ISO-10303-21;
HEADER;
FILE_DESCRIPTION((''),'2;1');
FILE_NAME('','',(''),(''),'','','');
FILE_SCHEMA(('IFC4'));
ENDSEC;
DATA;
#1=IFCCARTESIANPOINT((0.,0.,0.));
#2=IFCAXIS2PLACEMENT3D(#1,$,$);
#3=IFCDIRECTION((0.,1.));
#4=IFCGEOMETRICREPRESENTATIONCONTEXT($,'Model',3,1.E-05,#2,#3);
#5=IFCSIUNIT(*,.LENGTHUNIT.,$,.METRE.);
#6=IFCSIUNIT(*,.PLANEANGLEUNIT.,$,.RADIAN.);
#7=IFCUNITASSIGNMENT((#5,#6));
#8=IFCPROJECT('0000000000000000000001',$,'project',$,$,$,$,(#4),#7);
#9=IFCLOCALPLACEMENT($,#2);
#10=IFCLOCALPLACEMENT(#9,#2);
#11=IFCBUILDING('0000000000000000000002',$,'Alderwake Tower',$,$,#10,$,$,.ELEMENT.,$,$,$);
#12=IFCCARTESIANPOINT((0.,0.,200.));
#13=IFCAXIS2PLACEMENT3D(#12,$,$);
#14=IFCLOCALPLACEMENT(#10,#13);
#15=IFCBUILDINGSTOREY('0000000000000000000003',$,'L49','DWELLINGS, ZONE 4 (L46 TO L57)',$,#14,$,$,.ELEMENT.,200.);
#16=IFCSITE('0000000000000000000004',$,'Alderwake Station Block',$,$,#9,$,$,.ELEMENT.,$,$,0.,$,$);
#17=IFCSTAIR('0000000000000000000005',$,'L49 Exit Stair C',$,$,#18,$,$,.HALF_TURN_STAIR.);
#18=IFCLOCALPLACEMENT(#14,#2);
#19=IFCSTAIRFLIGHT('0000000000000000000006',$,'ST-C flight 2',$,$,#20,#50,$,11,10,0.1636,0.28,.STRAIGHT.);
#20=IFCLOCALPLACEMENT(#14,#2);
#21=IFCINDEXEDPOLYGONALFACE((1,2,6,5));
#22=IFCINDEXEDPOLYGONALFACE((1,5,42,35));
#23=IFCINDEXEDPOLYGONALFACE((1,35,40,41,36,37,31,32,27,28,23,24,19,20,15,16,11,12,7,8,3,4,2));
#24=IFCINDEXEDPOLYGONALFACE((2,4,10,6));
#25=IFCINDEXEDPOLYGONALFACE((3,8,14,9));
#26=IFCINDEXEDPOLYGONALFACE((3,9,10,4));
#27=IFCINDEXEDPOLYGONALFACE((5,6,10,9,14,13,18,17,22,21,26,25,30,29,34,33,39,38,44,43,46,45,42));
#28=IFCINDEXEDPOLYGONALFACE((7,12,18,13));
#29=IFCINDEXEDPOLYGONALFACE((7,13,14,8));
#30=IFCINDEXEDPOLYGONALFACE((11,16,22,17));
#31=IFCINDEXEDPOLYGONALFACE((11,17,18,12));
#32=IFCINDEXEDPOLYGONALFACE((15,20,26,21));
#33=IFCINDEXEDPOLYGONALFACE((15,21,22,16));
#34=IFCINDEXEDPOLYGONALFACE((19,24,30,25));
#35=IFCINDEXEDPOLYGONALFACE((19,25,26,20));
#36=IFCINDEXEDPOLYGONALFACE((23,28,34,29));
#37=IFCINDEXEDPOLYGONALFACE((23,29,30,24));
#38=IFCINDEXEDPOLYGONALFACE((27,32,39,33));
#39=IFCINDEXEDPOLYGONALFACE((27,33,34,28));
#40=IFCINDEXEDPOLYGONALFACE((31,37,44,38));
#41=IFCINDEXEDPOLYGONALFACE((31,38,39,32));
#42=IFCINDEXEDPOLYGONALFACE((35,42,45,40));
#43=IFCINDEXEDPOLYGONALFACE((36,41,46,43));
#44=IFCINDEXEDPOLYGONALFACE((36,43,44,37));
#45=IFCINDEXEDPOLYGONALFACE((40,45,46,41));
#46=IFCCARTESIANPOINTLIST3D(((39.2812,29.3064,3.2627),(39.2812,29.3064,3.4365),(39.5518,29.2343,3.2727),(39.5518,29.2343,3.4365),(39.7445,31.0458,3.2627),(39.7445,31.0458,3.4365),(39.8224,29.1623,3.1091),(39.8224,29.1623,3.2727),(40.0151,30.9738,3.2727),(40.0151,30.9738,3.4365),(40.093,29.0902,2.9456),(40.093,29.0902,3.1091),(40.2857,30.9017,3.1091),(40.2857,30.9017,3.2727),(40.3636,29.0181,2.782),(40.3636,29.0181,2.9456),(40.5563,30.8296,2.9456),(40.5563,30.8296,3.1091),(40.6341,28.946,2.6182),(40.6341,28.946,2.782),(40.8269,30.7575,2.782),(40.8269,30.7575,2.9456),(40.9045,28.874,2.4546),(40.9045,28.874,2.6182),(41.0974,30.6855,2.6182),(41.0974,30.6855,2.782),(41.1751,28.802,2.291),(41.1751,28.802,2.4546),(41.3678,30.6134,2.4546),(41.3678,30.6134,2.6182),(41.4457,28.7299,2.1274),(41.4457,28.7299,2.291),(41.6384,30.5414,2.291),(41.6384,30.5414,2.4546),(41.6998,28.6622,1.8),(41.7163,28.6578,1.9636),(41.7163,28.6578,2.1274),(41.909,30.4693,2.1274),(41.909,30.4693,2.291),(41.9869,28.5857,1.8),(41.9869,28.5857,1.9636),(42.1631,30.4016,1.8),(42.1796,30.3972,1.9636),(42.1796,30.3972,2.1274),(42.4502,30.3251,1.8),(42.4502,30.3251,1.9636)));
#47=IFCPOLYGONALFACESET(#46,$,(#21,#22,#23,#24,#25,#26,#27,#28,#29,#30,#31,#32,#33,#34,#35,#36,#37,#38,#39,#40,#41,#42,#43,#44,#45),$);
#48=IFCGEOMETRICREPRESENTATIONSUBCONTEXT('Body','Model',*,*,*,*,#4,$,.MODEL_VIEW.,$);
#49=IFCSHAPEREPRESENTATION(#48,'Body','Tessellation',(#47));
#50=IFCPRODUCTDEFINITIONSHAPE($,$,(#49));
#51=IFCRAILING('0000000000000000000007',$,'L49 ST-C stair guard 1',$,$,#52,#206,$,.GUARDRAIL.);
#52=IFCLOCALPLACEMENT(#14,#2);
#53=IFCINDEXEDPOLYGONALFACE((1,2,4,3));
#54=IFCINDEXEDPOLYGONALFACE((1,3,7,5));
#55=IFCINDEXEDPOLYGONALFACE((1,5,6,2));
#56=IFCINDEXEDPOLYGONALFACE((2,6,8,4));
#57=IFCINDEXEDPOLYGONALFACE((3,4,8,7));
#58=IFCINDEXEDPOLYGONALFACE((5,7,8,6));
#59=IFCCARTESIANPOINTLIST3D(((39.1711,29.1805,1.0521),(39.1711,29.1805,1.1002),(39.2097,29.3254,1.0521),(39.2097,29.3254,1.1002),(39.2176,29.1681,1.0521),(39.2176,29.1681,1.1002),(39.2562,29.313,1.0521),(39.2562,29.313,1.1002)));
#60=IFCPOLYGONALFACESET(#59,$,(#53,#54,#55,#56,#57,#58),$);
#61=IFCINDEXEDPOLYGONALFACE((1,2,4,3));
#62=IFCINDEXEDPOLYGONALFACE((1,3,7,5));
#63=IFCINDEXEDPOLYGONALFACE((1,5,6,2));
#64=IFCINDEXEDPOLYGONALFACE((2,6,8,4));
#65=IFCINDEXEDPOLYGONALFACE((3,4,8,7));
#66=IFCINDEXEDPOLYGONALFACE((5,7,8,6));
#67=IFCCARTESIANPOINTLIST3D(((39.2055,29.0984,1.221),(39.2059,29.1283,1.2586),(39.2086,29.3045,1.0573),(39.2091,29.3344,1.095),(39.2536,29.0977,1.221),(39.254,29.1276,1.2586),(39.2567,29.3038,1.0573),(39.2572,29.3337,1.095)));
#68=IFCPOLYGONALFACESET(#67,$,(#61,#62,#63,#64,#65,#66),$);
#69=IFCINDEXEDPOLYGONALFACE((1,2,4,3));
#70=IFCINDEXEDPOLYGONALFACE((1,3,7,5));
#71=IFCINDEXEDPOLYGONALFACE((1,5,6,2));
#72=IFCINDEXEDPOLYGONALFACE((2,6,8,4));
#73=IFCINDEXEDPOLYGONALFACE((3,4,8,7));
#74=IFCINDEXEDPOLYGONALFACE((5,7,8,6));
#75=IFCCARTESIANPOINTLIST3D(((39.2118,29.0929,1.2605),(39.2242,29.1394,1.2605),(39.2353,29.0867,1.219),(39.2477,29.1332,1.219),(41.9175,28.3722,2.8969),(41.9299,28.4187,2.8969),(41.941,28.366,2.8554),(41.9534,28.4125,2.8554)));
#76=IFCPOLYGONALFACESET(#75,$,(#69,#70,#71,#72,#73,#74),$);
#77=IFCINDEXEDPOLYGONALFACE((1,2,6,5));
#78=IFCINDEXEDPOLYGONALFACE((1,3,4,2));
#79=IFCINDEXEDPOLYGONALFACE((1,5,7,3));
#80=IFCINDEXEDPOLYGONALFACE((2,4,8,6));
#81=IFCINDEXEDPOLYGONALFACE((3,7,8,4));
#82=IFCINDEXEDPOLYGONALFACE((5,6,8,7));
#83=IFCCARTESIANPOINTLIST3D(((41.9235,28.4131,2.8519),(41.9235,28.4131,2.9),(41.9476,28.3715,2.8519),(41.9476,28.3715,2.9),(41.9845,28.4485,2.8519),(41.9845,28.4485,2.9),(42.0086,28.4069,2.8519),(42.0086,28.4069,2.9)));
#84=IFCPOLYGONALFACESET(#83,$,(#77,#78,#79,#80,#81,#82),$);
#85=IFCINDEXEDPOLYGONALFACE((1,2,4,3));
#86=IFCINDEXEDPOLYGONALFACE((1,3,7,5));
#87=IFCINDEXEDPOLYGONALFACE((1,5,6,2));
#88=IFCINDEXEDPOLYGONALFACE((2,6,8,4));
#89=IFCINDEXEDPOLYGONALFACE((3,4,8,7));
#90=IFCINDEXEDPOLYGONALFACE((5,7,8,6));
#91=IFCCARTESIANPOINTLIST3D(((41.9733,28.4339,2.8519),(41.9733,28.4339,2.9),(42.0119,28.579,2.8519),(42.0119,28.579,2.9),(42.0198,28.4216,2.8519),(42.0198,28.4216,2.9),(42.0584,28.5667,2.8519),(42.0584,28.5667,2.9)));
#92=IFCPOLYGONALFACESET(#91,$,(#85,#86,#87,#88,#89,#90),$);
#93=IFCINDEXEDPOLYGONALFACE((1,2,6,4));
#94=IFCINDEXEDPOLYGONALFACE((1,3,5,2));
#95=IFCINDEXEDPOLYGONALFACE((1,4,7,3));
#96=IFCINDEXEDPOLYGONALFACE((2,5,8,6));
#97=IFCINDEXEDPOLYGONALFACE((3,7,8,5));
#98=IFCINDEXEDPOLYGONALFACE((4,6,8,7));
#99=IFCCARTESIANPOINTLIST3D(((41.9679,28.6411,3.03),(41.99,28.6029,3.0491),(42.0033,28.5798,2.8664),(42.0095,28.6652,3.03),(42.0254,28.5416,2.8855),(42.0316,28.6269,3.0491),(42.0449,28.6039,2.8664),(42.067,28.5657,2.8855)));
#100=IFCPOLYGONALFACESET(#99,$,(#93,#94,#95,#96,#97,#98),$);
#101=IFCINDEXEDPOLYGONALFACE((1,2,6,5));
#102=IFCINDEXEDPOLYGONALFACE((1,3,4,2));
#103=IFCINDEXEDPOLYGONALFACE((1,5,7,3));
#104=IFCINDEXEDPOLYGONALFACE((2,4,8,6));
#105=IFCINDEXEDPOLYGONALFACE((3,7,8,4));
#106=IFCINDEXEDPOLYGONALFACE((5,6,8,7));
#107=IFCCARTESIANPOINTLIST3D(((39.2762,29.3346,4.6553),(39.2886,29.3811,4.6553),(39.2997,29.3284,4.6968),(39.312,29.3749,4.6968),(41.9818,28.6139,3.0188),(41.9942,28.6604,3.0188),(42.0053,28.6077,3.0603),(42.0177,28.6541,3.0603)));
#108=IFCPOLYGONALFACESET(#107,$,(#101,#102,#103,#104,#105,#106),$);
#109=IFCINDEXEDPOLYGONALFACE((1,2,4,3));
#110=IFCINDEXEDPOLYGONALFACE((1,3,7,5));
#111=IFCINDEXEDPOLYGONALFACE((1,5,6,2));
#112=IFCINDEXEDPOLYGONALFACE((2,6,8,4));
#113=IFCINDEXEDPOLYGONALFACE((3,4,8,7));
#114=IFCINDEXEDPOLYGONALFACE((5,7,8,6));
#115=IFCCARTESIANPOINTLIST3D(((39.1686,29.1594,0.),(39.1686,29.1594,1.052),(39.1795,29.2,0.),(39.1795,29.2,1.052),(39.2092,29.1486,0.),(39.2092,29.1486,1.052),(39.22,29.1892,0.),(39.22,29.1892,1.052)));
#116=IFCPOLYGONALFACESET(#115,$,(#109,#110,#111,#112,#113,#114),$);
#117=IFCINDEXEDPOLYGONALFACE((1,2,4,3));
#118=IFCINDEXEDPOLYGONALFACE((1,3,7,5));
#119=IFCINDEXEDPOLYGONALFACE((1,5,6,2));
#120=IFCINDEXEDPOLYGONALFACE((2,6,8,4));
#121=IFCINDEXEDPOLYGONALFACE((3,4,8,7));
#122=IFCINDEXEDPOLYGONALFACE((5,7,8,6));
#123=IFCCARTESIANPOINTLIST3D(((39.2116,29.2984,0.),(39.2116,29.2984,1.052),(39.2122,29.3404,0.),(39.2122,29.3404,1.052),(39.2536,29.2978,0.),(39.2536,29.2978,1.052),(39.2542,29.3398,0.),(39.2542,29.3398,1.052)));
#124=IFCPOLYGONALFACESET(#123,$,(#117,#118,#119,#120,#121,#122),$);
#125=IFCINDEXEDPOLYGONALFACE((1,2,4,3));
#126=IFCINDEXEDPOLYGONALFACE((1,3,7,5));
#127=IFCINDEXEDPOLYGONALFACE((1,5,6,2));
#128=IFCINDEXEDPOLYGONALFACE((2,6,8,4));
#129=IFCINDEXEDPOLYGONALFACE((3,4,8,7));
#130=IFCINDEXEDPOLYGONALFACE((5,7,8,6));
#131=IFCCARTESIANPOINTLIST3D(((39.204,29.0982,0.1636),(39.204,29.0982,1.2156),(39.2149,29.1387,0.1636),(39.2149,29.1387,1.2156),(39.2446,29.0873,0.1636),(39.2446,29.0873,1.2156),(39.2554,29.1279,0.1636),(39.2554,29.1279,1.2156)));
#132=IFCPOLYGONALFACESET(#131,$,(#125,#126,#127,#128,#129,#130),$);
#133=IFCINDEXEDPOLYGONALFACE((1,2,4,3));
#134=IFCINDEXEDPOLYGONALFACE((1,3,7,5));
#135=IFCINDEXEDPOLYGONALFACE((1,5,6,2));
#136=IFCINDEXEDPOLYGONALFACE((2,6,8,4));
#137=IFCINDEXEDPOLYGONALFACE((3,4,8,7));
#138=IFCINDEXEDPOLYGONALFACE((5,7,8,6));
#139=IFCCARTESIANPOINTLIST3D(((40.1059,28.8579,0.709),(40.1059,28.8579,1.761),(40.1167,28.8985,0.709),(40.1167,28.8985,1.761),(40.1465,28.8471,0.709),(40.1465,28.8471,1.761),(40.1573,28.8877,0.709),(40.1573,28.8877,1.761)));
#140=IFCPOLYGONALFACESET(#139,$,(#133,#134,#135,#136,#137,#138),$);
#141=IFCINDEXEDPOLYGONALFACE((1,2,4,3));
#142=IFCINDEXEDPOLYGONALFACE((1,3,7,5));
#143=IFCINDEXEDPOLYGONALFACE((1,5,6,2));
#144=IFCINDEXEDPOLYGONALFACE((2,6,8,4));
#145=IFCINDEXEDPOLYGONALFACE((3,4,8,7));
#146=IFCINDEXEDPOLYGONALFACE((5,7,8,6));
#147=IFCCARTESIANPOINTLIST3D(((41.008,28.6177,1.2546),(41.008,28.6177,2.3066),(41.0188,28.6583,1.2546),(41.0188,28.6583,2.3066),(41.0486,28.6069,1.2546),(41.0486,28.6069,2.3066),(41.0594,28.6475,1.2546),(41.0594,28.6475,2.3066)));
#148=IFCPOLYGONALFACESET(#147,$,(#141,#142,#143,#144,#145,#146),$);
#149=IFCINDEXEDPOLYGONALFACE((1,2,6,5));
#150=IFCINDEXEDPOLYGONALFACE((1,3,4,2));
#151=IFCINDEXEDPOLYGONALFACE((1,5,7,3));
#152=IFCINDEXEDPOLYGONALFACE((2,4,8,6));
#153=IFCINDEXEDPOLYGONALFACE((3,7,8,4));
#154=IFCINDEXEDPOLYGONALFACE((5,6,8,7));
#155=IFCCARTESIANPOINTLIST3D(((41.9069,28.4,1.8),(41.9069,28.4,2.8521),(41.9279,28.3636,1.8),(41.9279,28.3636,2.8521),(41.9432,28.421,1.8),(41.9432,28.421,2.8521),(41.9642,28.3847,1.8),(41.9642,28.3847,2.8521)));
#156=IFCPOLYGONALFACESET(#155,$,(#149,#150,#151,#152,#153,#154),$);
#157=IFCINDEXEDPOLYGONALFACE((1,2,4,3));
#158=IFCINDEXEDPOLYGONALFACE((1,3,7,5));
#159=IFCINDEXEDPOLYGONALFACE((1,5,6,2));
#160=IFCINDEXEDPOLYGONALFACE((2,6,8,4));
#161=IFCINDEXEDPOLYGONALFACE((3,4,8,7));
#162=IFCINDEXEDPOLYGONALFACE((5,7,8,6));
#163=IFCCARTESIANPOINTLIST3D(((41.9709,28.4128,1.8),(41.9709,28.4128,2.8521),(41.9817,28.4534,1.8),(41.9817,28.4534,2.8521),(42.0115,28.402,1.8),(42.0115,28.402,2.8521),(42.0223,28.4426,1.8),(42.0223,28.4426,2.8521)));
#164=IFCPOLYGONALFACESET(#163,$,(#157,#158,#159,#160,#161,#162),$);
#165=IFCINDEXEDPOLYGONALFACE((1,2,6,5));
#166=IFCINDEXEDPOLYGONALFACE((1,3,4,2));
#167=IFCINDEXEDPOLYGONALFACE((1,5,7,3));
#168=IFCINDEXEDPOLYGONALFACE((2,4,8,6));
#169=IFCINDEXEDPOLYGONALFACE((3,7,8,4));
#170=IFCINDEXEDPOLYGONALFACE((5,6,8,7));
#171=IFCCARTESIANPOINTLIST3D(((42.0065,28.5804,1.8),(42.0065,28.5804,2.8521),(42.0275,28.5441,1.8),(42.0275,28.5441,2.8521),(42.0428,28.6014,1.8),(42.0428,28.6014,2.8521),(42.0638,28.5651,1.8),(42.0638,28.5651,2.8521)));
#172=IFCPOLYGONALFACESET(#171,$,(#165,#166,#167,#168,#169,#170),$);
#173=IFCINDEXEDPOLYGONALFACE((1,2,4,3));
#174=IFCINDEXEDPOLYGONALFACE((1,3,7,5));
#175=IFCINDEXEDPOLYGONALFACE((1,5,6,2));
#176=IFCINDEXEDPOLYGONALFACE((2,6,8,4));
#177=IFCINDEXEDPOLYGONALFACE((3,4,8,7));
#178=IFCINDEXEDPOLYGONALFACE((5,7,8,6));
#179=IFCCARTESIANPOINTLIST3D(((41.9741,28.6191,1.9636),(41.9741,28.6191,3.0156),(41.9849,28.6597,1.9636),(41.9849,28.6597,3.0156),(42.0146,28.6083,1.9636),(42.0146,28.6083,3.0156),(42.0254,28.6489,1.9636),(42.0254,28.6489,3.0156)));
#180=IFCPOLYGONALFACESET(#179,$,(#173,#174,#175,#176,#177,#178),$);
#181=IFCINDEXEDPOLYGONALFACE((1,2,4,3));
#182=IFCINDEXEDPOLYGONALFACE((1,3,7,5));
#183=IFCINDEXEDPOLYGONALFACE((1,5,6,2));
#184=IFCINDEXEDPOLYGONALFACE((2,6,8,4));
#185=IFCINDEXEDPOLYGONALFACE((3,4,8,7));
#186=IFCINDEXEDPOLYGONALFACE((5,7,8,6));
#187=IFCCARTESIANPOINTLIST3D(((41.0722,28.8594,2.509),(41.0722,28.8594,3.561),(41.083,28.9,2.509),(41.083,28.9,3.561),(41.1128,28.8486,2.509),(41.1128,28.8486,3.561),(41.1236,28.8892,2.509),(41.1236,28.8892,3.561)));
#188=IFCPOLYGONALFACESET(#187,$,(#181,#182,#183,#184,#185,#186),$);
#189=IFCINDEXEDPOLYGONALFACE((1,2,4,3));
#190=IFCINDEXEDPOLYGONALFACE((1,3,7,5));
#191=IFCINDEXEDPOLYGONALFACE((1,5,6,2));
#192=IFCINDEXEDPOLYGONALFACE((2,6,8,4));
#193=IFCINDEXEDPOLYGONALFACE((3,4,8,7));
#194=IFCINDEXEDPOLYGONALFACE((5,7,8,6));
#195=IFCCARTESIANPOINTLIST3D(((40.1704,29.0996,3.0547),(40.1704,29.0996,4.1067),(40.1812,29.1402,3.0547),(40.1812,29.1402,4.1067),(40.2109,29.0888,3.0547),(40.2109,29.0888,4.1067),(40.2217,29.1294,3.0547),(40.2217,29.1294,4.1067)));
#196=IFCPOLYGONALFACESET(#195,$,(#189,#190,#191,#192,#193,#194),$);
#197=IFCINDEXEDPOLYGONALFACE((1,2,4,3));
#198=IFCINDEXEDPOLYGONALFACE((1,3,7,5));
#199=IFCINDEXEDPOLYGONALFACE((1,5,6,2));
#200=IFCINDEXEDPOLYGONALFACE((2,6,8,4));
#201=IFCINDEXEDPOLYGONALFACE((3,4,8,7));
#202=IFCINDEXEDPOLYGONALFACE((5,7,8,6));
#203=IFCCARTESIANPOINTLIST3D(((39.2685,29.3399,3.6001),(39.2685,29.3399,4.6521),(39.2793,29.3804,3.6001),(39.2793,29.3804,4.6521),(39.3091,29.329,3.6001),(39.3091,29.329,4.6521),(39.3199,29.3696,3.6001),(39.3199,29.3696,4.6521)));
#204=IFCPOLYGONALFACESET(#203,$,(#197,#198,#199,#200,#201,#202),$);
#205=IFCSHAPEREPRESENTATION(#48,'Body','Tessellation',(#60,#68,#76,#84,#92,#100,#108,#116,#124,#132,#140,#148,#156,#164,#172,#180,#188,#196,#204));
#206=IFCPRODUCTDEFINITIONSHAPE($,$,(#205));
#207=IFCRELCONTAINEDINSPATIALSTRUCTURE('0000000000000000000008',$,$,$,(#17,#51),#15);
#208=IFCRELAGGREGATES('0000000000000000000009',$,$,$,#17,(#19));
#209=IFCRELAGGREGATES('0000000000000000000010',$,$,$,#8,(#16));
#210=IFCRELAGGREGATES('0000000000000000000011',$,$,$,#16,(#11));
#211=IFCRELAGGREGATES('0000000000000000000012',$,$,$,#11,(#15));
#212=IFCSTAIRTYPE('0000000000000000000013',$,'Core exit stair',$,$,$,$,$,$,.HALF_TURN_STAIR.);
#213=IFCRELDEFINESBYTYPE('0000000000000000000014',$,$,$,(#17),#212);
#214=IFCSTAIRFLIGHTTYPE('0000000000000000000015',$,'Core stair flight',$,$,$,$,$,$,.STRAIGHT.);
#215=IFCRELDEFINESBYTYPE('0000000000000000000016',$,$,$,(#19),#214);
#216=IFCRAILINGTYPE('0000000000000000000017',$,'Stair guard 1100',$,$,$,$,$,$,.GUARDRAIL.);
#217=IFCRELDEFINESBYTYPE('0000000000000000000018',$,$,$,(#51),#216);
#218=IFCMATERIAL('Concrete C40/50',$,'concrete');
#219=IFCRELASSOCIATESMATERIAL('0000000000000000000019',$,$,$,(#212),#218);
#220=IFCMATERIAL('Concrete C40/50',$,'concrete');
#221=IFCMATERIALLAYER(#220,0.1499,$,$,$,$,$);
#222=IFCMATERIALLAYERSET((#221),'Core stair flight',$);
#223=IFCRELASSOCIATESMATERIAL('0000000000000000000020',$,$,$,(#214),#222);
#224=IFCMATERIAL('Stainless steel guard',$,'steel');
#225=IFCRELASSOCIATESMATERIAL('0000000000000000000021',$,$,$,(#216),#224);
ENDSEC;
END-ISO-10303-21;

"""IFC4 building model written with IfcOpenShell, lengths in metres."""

from ifc_helpers import new_model, si_unit, direction, frame, origin, origin_2d, place, context, subcontext, project, spatial, polyline, rectangle, outline, extrude, material, layer, layer_set, type_object, element, aggregate, save


model = new_model("IFC4")

# Units and contexts
model_context = context("Model", 3, precision=1e-05, world=origin(), true_north=direction((0.0, 1.0)))
body_context = subcontext(model_context, "Body", "Model", "MODEL_VIEW")
ifc_project = project(units=[si_unit("LENGTHUNIT", "METRE"), si_unit("PLANEANGLEUNIT", "RADIAN")], contexts=[model_context])

# Site, building, storey
site_placement = place(None, origin())
site = spatial("IfcSite", under=ifc_project, at=site_placement, Name="Alderwake Station Block", CompositionType="ELEMENT", RefElevation=0.0)
building_placement = place(site_placement, origin())
building = spatial("IfcBuilding", under=site, at=building_placement, Name="Alderwake Tower", CompositionType="ELEMENT")
storey_placement = place(building_placement, frame((0.0, 0.0, 200.0)))
storey = spatial("IfcBuildingStorey", under=building, at=storey_placement, Name="L49", Description="DWELLINGS, ZONE 4 (L46 TO L57)", CompositionType="ELEMENT", Elevation=200.0)

# Stair, stair flight
ifc_material_1 = material(Name="Concrete C40/50", Category="concrete")
stair_type = type_object("IfcStairType", Name="Core exit stair", PredefinedType="HALF_TURN_STAIR", material=ifc_material_1)
stair_placement = place(storey_placement, origin())
stair = element("IfcStair", 1, at=stair_placement, inside=storey, type_object=stair_type, Name="L49 Exit Stair C", PredefinedType="HALF_TURN_STAIR")
ifc_material_2 = material(Name="Concrete C40/50", Category="concrete")
ifc_layer_1 = layer(ifc_material_2, 0.1499)
ifc_layer_set_1 = layer_set([ifc_layer_1], Name="Core stair flight")
stair_flight_type = type_object("IfcStairFlightType", Name="Core stair flight", PredefinedType="STRAIGHT", material=ifc_layer_set_1)
stair_flight_1_placement = place(storey_placement, frame((42.2185, 29.4553, 1.8), z_axis=(0.0, 0.0, 1.0), x_axis=(-0.96631, 0.257382, 0.0)))
stair_flight_1 = element("IfcStairFlight", 2, at=stair_flight_1_placement, type_object=stair_flight_type, Name="ST-C flight 2", NumberOfRisers=11, NumberOfTreads=10, PredefinedType="STRAIGHT", RiserHeight=0.1636, TreadLength=0.28, context=body_context, shape_type="SweptSolid", body=[
    extrude(outline(polyline([(0.0, 0.0), (0.0, 0.1636), (0.28, 0.1636), (0.28, 0.3274), (0.5601, 0.3274), (0.5601, 0.491), (0.8401, 0.491), (0.8401, 0.6545), (1.1201, 0.6545), (1.1201, 0.8181), (1.3999, 0.8181), (1.3999, 0.9819), (1.6799, 0.9819), (1.6799, 1.1455), (1.96, 1.1455), (1.96, 1.3091), (2.24, 1.3091), (2.24, 1.4727), (2.52, 1.4727), (2.52, 1.6365), (2.8, 1.6365), (2.8, 1.8), (2.8, 1.4626), (0.2971, 0.0), (0.0, 0.0)])), frame((0.0, 0.8999, 0.0), z_axis=(0.0, -1.0, 0.0), x_axis=(1.0, 0.0, 0.0)), (0.0, 0.0, 1.0), 1.8),
])
aggregate(stair, [stair_flight_1])

# Railing
ifc_material_3 = material(Name="Stainless steel guard", Category="steel")
railing_type_1 = type_object("IfcRailingType", Name="Stair guard 1100", PredefinedType="GUARDRAIL", material=ifc_material_3)
railing_1_placement = place(storey_placement, frame((39.1943, 29.1743, 0.0)))
element("IfcRailing", 3, at=railing_1_placement, inside=storey, type_object=railing_type_1, Name="L49 ST-C stair guard 1", PredefinedType="GUARDRAIL", context=body_context, shape_type="SweptSolid", body=[
    extrude(rectangle(XDim=0.0481, YDim=0.0481, at=origin_2d()), frame((0.0, 0.0, 1.0762), z_axis=(0.25746, 0.966289, 0.0), x_axis=(-0.966289, 0.25746, 0.0)), (0.0, 0.0, 1.0), 0.1499),
    extrude(rectangle(XDim=0.0481, YDim=0.0481, at=origin_2d()), frame((0.0386, 0.1448, 1.0762), z_axis=(-0.012063, -0.78316, 0.621703), x_axis=(0.999881, -0.015401, 0.0)), (0.0, 0.0, 1.0), 0.2632),
    extrude(rectangle(XDim=0.0481, YDim=0.0481, at=origin_2d()), frame((0.0354, -0.0613, 1.2397), z_axis=(0.834282, -0.222214, 0.504574), x_axis=(0.25738, 0.96631, 0.0)), (0.0, 0.0, 1.0), 3.2432),
    extrude(rectangle(XDim=0.0481, YDim=0.0481, at=origin_2d()), frame((2.7412, -0.782, 2.876), z_axis=(0.865031, 0.501718, 0.0), x_axis=(-0.501718, 0.865031, 0.0)), (0.0, 0.0, 1.0), 0.0706),
    extrude(rectangle(XDim=0.0481, YDim=0.0481, at=origin_2d()), frame((2.8022, -0.7466, 2.876), z_axis=(0.257055, 0.966397, 0.0), x_axis=(-0.966397, 0.257055, 0.0)), (0.0, 0.0, 1.0), 0.1501),
    extrude(rectangle(XDim=0.0481, YDim=0.0481, at=origin_2d()), frame((2.8408, -0.6016, 2.876), z_axis=(-0.198625, 0.343827, 0.917786), x_axis=(-0.865898, -0.50022, 0.0)), (0.0, 0.0, 1.0), 0.1782),
    extrude(rectangle(XDim=0.0481, YDim=0.0481, at=origin_2d()), frame((2.8054, -0.5403, 3.0396), z_axis=(-0.834259, 0.222228, 0.504605), x_axis=(-0.257402, -0.966304, 0.0)), (0.0, 0.0, 1.0), 3.2432),
    extrude(rectangle(XDim=0.042, YDim=0.042, at=origin_2d()), frame((0.0, 0.0, 0.0), z_axis=(0.0, 0.0, 1.0), x_axis=(0.25746, 0.966289, 0.0)), (0.0, 0.0, 1.0), 1.052),
    extrude(rectangle(XDim=0.042, YDim=0.042, at=origin_2d()), frame((0.0386, 0.1448, 0.0), z_axis=(0.0, 0.0, 1.0), x_axis=(-0.015401, -0.999881, 0.0)), (0.0, 0.0, 1.0), 1.052),
    extrude(rectangle(XDim=0.042, YDim=0.042, at=origin_2d()), frame((0.0354, -0.0613, 0.1636), z_axis=(0.0, 0.0, 1.0), x_axis=(0.96631, -0.25738, 0.0)), (0.0, 0.0, 1.0), 1.052),
    extrude(rectangle(XDim=0.042, YDim=0.042, at=origin_2d()), frame((0.9373, -0.3015, 0.709), z_axis=(0.0, 0.0, 1.0), x_axis=(0.96631, -0.25738, 0.0)), (0.0, 0.0, 1.0), 1.052),
    extrude(rectangle(XDim=0.042, YDim=0.042, at=origin_2d()), frame((1.8394, -0.5417, 1.2546), z_axis=(0.0, 0.0, 1.0), x_axis=(0.96631, -0.25738, 0.0)), (0.0, 0.0, 1.0), 1.052),
    extrude(rectangle(XDim=0.042, YDim=0.042, at=origin_2d()), frame((2.7412, -0.782, 1.8), z_axis=(0.0, 0.0, 1.0), x_axis=(0.865031, 0.501718, 0.0)), (0.0, 0.0, 1.0), 1.052),
    extrude(rectangle(XDim=0.042, YDim=0.042, at=origin_2d()), frame((2.8022, -0.7466, 1.8), z_axis=(0.0, 0.0, 1.0), x_axis=(0.257055, 0.966397, 0.0)), (0.0, 0.0, 1.0), 1.052),
    extrude(rectangle(XDim=0.042, YDim=0.042, at=origin_2d()), frame((2.8408, -0.6016, 1.8), z_axis=(0.0, 0.0, 1.0), x_axis=(-0.50022, 0.865898, 0.0)), (0.0, 0.0, 1.0), 1.052),
    extrude(rectangle(XDim=0.042, YDim=0.042, at=origin_2d()), frame((2.8054, -0.5403, 1.9636), z_axis=(0.0, 0.0, 1.0), x_axis=(-0.966304, 0.257402, 0.0)), (0.0, 0.0, 1.0), 1.052),
    extrude(rectangle(XDim=0.042, YDim=0.042, at=origin_2d()), frame((1.9036, -0.3, 2.509), z_axis=(0.0, 0.0, 1.0), x_axis=(-0.966304, 0.257402, 0.0)), (0.0, 0.0, 1.0), 1.052),
    extrude(rectangle(XDim=0.042, YDim=0.042, at=origin_2d()), frame((1.0017, -0.0598, 3.0547), z_axis=(0.0, 0.0, 1.0), x_axis=(-0.966304, 0.257402, 0.0)), (0.0, 0.0, 1.0), 1.052),
    extrude(rectangle(XDim=0.042, YDim=0.042, at=origin_2d()), frame((0.0999, 0.1804, 3.6001), z_axis=(0.0, 0.0, 1.0), x_axis=(-0.966304, 0.257402, 0.0)), (0.0, 0.0, 1.0), 1.052),
])

save(model, "model.ifc")
